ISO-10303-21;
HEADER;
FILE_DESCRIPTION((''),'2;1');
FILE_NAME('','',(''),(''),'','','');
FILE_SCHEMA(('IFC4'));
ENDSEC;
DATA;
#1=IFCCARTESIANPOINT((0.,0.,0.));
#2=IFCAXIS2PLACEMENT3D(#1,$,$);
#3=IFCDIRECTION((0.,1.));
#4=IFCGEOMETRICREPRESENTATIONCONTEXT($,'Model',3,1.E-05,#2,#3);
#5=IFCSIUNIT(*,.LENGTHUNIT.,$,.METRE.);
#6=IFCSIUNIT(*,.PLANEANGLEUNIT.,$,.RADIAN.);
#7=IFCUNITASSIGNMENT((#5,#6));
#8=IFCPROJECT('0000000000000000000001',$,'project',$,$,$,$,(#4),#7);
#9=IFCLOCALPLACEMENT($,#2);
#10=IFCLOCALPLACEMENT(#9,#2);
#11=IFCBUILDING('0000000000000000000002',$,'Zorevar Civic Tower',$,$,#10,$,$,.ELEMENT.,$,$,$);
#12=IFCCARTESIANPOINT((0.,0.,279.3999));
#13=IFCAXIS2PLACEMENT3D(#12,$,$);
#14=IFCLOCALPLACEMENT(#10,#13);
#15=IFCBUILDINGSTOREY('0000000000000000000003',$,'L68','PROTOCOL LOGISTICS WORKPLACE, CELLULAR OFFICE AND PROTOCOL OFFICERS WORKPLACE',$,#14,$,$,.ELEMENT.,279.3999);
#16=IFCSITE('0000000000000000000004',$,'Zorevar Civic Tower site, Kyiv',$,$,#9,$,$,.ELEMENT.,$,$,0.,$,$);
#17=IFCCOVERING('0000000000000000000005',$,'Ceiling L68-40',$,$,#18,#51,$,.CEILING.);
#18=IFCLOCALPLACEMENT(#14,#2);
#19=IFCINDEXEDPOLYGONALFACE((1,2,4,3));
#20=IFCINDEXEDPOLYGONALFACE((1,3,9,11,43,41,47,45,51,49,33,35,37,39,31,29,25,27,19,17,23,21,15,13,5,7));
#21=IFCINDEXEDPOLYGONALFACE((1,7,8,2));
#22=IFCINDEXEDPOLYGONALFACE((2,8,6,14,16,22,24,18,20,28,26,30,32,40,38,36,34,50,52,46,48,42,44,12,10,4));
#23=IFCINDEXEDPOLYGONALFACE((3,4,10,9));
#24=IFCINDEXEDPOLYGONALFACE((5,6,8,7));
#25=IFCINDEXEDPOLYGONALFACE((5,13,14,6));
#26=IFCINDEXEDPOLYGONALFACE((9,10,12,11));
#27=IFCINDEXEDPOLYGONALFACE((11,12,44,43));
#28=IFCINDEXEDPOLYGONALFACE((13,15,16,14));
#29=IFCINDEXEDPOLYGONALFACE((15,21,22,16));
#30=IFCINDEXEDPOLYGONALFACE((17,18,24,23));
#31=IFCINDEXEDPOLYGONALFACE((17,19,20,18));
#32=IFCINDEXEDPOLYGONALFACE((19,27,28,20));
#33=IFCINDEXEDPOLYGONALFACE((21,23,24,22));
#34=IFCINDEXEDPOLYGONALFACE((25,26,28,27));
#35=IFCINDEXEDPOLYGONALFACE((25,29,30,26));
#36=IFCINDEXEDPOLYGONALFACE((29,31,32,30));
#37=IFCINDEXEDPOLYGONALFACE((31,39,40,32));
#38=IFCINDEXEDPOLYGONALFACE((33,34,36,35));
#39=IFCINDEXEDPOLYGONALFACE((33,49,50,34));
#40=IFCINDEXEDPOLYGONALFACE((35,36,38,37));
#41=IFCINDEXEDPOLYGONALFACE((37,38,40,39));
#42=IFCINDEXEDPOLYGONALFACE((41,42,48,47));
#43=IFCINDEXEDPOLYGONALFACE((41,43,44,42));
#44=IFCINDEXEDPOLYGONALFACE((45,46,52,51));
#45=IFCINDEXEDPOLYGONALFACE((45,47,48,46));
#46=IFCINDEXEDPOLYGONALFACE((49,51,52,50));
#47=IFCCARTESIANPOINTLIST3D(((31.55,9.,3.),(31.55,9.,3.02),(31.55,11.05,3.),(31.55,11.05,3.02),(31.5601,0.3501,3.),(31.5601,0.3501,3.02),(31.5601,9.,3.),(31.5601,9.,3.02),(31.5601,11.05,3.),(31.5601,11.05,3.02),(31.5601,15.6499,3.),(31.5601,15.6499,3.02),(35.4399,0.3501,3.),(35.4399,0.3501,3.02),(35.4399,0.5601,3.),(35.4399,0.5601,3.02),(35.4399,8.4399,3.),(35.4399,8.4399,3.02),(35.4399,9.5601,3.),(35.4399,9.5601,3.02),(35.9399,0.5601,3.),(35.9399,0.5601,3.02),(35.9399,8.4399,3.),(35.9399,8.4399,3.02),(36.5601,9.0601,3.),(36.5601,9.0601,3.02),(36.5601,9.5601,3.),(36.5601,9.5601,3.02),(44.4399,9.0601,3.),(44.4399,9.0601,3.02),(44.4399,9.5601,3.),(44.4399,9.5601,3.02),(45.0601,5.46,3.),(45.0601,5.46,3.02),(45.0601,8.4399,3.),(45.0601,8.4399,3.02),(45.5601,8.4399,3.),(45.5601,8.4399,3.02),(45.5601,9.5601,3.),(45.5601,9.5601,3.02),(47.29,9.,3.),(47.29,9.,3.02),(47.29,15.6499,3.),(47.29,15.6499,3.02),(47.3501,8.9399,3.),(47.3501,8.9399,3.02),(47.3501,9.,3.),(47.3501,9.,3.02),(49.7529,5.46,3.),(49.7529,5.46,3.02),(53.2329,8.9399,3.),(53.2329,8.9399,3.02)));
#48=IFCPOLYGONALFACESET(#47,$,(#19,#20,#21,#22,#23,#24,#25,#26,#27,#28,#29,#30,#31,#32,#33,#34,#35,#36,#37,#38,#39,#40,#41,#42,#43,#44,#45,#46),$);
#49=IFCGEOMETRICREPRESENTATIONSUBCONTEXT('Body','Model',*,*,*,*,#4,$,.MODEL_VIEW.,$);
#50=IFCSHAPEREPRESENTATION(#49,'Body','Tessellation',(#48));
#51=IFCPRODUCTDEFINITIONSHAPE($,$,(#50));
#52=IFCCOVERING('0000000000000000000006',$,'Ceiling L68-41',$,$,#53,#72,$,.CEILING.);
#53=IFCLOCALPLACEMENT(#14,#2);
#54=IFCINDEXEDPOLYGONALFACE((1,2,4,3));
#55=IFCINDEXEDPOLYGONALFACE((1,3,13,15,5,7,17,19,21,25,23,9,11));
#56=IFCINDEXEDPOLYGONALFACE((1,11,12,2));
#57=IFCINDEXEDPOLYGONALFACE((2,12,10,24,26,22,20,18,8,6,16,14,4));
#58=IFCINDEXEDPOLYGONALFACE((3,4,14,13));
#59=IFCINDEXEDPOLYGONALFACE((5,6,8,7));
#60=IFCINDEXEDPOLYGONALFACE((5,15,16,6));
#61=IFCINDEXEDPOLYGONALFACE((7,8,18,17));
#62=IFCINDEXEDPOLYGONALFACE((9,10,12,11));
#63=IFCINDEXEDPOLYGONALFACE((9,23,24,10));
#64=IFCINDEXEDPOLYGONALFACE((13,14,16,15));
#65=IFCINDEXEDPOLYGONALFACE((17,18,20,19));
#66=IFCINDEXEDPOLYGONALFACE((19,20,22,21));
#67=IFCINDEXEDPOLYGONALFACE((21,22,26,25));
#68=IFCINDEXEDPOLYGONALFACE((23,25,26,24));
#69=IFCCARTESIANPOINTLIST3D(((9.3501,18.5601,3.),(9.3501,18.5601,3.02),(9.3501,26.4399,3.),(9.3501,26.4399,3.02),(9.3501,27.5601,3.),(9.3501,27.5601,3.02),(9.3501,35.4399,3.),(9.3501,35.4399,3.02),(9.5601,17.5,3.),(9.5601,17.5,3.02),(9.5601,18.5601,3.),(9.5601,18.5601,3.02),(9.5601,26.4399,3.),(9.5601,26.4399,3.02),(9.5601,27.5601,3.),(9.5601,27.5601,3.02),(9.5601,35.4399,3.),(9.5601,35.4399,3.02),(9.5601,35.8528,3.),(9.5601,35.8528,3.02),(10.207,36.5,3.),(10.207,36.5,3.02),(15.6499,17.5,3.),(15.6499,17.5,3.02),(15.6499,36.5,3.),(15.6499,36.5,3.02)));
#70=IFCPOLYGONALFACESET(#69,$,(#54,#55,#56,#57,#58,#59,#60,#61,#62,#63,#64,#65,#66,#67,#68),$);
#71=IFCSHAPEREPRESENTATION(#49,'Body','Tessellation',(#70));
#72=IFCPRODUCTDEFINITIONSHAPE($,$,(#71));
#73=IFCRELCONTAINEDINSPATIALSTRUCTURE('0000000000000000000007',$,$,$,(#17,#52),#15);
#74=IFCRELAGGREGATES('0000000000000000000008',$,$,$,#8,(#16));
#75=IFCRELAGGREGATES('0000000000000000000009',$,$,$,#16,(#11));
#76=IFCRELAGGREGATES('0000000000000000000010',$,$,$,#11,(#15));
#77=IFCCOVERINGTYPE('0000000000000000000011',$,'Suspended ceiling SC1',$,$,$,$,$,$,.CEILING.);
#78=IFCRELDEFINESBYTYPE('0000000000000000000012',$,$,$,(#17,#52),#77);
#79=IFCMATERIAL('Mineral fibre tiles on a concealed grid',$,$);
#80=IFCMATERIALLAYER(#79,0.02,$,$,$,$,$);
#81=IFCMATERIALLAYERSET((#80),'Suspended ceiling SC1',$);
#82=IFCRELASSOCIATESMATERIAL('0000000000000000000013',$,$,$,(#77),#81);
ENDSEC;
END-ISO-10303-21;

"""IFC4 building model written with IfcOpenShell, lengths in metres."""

from ifc_helpers import new_model, si_unit, direction, frame, origin, place, context, subcontext, project, spatial, polyline, outline, extrude, material, layer, layer_set, type_object, element, save


model = new_model("IFC4")

# Units and contexts
model_context = context("Model", 3, precision=1e-05, world=origin(), true_north=direction((0.0, 1.0)))
body_context = subcontext(model_context, "Body", "Model", "MODEL_VIEW")
ifc_project = project(units=[si_unit("LENGTHUNIT", "METRE"), si_unit("PLANEANGLEUNIT", "RADIAN")], contexts=[model_context])

# Site, building, storey
site_placement = place(None, origin())
site = spatial("IfcSite", under=ifc_project, at=site_placement, Name="Zorevar Civic Tower site, Kyiv", CompositionType="ELEMENT", RefElevation=0.0)
building_placement = place(site_placement, origin())
building = spatial("IfcBuilding", under=site, at=building_placement, Name="Zorevar Civic Tower", CompositionType="ELEMENT")
storey_placement = place(building_placement, frame((0.0, 0.0, 279.3999)))
storey = spatial("IfcBuildingStorey", under=building, at=storey_placement, Name="L68", Description="PROTOCOL LOGISTICS WORKPLACE, CELLULAR OFFICE AND PROTOCOL OFFICERS WORKPLACE", CompositionType="ELEMENT", Elevation=279.3999)

# Coverings
ifc_material_1 = material(Name="Mineral fibre tiles on a concealed grid")
ifc_layer_1 = layer(ifc_material_1, 0.02)
ifc_layer_set_1 = layer_set([ifc_layer_1], Name="Suspended ceiling SC1")
covering_type_1 = type_object("IfcCoveringType", Name="Suspended ceiling SC1", PredefinedType="CEILING", material=ifc_layer_set_1)
covering_1_placement = place(storey_placement, frame((0.0, 0.0, 3.0)))
element("IfcCovering", 1, at=covering_1_placement, inside=storey, type_object=covering_type_1, Name="Ceiling L68-40", PredefinedType="CEILING", context=body_context, shape_type="SweptSolid", body=[
    extrude(outline(polyline([(53.2329, 8.9399), (49.7529, 5.46), (45.0601, 5.46), (45.0601, 8.4399), (45.5601, 8.4399), (45.5601, 9.5601), (44.4399, 9.5601), (44.4399, 9.0601), (36.5601, 9.0601), (36.5601, 9.5601), (35.4399, 9.5601), (35.4399, 8.4399), (35.9399, 8.4399), (35.9399, 0.5601), (35.4399, 0.5601), (35.4399, 0.3501), (31.5601, 0.3501), (31.5601, 9.0), (31.55, 9.0), (31.55, 11.05), (31.5601, 11.05), (31.5601, 15.6499), (47.29, 15.6499), (47.29, 9.0), (47.3501, 9.0), (47.3501, 8.9399), (53.2329, 8.9399)])), origin(), (0.0, 0.0, 1.0), 0.02),
])
covering_2_placement = place(storey_placement, frame((0.0, 0.0, 3.0)))
element("IfcCovering", 2, at=covering_2_placement, inside=storey, type_object=covering_type_1, Name="Ceiling L68-41", PredefinedType="CEILING", context=body_context, shape_type="SweptSolid", body=[
    extrude(outline(polyline([(9.3501, 18.5601), (9.3501, 26.4399), (9.5601, 26.4399), (9.5601, 27.5601), (9.3501, 27.5601), (9.3501, 35.4399), (9.5601, 35.4399), (9.5601, 35.8528), (10.207, 36.5), (15.6499, 36.5), (15.6499, 17.5), (9.5601, 17.5), (9.5601, 18.5601), (9.3501, 18.5601)])), origin(), (0.0, 0.0, 1.0), 0.02),
])

save(model, "model.ifc")
